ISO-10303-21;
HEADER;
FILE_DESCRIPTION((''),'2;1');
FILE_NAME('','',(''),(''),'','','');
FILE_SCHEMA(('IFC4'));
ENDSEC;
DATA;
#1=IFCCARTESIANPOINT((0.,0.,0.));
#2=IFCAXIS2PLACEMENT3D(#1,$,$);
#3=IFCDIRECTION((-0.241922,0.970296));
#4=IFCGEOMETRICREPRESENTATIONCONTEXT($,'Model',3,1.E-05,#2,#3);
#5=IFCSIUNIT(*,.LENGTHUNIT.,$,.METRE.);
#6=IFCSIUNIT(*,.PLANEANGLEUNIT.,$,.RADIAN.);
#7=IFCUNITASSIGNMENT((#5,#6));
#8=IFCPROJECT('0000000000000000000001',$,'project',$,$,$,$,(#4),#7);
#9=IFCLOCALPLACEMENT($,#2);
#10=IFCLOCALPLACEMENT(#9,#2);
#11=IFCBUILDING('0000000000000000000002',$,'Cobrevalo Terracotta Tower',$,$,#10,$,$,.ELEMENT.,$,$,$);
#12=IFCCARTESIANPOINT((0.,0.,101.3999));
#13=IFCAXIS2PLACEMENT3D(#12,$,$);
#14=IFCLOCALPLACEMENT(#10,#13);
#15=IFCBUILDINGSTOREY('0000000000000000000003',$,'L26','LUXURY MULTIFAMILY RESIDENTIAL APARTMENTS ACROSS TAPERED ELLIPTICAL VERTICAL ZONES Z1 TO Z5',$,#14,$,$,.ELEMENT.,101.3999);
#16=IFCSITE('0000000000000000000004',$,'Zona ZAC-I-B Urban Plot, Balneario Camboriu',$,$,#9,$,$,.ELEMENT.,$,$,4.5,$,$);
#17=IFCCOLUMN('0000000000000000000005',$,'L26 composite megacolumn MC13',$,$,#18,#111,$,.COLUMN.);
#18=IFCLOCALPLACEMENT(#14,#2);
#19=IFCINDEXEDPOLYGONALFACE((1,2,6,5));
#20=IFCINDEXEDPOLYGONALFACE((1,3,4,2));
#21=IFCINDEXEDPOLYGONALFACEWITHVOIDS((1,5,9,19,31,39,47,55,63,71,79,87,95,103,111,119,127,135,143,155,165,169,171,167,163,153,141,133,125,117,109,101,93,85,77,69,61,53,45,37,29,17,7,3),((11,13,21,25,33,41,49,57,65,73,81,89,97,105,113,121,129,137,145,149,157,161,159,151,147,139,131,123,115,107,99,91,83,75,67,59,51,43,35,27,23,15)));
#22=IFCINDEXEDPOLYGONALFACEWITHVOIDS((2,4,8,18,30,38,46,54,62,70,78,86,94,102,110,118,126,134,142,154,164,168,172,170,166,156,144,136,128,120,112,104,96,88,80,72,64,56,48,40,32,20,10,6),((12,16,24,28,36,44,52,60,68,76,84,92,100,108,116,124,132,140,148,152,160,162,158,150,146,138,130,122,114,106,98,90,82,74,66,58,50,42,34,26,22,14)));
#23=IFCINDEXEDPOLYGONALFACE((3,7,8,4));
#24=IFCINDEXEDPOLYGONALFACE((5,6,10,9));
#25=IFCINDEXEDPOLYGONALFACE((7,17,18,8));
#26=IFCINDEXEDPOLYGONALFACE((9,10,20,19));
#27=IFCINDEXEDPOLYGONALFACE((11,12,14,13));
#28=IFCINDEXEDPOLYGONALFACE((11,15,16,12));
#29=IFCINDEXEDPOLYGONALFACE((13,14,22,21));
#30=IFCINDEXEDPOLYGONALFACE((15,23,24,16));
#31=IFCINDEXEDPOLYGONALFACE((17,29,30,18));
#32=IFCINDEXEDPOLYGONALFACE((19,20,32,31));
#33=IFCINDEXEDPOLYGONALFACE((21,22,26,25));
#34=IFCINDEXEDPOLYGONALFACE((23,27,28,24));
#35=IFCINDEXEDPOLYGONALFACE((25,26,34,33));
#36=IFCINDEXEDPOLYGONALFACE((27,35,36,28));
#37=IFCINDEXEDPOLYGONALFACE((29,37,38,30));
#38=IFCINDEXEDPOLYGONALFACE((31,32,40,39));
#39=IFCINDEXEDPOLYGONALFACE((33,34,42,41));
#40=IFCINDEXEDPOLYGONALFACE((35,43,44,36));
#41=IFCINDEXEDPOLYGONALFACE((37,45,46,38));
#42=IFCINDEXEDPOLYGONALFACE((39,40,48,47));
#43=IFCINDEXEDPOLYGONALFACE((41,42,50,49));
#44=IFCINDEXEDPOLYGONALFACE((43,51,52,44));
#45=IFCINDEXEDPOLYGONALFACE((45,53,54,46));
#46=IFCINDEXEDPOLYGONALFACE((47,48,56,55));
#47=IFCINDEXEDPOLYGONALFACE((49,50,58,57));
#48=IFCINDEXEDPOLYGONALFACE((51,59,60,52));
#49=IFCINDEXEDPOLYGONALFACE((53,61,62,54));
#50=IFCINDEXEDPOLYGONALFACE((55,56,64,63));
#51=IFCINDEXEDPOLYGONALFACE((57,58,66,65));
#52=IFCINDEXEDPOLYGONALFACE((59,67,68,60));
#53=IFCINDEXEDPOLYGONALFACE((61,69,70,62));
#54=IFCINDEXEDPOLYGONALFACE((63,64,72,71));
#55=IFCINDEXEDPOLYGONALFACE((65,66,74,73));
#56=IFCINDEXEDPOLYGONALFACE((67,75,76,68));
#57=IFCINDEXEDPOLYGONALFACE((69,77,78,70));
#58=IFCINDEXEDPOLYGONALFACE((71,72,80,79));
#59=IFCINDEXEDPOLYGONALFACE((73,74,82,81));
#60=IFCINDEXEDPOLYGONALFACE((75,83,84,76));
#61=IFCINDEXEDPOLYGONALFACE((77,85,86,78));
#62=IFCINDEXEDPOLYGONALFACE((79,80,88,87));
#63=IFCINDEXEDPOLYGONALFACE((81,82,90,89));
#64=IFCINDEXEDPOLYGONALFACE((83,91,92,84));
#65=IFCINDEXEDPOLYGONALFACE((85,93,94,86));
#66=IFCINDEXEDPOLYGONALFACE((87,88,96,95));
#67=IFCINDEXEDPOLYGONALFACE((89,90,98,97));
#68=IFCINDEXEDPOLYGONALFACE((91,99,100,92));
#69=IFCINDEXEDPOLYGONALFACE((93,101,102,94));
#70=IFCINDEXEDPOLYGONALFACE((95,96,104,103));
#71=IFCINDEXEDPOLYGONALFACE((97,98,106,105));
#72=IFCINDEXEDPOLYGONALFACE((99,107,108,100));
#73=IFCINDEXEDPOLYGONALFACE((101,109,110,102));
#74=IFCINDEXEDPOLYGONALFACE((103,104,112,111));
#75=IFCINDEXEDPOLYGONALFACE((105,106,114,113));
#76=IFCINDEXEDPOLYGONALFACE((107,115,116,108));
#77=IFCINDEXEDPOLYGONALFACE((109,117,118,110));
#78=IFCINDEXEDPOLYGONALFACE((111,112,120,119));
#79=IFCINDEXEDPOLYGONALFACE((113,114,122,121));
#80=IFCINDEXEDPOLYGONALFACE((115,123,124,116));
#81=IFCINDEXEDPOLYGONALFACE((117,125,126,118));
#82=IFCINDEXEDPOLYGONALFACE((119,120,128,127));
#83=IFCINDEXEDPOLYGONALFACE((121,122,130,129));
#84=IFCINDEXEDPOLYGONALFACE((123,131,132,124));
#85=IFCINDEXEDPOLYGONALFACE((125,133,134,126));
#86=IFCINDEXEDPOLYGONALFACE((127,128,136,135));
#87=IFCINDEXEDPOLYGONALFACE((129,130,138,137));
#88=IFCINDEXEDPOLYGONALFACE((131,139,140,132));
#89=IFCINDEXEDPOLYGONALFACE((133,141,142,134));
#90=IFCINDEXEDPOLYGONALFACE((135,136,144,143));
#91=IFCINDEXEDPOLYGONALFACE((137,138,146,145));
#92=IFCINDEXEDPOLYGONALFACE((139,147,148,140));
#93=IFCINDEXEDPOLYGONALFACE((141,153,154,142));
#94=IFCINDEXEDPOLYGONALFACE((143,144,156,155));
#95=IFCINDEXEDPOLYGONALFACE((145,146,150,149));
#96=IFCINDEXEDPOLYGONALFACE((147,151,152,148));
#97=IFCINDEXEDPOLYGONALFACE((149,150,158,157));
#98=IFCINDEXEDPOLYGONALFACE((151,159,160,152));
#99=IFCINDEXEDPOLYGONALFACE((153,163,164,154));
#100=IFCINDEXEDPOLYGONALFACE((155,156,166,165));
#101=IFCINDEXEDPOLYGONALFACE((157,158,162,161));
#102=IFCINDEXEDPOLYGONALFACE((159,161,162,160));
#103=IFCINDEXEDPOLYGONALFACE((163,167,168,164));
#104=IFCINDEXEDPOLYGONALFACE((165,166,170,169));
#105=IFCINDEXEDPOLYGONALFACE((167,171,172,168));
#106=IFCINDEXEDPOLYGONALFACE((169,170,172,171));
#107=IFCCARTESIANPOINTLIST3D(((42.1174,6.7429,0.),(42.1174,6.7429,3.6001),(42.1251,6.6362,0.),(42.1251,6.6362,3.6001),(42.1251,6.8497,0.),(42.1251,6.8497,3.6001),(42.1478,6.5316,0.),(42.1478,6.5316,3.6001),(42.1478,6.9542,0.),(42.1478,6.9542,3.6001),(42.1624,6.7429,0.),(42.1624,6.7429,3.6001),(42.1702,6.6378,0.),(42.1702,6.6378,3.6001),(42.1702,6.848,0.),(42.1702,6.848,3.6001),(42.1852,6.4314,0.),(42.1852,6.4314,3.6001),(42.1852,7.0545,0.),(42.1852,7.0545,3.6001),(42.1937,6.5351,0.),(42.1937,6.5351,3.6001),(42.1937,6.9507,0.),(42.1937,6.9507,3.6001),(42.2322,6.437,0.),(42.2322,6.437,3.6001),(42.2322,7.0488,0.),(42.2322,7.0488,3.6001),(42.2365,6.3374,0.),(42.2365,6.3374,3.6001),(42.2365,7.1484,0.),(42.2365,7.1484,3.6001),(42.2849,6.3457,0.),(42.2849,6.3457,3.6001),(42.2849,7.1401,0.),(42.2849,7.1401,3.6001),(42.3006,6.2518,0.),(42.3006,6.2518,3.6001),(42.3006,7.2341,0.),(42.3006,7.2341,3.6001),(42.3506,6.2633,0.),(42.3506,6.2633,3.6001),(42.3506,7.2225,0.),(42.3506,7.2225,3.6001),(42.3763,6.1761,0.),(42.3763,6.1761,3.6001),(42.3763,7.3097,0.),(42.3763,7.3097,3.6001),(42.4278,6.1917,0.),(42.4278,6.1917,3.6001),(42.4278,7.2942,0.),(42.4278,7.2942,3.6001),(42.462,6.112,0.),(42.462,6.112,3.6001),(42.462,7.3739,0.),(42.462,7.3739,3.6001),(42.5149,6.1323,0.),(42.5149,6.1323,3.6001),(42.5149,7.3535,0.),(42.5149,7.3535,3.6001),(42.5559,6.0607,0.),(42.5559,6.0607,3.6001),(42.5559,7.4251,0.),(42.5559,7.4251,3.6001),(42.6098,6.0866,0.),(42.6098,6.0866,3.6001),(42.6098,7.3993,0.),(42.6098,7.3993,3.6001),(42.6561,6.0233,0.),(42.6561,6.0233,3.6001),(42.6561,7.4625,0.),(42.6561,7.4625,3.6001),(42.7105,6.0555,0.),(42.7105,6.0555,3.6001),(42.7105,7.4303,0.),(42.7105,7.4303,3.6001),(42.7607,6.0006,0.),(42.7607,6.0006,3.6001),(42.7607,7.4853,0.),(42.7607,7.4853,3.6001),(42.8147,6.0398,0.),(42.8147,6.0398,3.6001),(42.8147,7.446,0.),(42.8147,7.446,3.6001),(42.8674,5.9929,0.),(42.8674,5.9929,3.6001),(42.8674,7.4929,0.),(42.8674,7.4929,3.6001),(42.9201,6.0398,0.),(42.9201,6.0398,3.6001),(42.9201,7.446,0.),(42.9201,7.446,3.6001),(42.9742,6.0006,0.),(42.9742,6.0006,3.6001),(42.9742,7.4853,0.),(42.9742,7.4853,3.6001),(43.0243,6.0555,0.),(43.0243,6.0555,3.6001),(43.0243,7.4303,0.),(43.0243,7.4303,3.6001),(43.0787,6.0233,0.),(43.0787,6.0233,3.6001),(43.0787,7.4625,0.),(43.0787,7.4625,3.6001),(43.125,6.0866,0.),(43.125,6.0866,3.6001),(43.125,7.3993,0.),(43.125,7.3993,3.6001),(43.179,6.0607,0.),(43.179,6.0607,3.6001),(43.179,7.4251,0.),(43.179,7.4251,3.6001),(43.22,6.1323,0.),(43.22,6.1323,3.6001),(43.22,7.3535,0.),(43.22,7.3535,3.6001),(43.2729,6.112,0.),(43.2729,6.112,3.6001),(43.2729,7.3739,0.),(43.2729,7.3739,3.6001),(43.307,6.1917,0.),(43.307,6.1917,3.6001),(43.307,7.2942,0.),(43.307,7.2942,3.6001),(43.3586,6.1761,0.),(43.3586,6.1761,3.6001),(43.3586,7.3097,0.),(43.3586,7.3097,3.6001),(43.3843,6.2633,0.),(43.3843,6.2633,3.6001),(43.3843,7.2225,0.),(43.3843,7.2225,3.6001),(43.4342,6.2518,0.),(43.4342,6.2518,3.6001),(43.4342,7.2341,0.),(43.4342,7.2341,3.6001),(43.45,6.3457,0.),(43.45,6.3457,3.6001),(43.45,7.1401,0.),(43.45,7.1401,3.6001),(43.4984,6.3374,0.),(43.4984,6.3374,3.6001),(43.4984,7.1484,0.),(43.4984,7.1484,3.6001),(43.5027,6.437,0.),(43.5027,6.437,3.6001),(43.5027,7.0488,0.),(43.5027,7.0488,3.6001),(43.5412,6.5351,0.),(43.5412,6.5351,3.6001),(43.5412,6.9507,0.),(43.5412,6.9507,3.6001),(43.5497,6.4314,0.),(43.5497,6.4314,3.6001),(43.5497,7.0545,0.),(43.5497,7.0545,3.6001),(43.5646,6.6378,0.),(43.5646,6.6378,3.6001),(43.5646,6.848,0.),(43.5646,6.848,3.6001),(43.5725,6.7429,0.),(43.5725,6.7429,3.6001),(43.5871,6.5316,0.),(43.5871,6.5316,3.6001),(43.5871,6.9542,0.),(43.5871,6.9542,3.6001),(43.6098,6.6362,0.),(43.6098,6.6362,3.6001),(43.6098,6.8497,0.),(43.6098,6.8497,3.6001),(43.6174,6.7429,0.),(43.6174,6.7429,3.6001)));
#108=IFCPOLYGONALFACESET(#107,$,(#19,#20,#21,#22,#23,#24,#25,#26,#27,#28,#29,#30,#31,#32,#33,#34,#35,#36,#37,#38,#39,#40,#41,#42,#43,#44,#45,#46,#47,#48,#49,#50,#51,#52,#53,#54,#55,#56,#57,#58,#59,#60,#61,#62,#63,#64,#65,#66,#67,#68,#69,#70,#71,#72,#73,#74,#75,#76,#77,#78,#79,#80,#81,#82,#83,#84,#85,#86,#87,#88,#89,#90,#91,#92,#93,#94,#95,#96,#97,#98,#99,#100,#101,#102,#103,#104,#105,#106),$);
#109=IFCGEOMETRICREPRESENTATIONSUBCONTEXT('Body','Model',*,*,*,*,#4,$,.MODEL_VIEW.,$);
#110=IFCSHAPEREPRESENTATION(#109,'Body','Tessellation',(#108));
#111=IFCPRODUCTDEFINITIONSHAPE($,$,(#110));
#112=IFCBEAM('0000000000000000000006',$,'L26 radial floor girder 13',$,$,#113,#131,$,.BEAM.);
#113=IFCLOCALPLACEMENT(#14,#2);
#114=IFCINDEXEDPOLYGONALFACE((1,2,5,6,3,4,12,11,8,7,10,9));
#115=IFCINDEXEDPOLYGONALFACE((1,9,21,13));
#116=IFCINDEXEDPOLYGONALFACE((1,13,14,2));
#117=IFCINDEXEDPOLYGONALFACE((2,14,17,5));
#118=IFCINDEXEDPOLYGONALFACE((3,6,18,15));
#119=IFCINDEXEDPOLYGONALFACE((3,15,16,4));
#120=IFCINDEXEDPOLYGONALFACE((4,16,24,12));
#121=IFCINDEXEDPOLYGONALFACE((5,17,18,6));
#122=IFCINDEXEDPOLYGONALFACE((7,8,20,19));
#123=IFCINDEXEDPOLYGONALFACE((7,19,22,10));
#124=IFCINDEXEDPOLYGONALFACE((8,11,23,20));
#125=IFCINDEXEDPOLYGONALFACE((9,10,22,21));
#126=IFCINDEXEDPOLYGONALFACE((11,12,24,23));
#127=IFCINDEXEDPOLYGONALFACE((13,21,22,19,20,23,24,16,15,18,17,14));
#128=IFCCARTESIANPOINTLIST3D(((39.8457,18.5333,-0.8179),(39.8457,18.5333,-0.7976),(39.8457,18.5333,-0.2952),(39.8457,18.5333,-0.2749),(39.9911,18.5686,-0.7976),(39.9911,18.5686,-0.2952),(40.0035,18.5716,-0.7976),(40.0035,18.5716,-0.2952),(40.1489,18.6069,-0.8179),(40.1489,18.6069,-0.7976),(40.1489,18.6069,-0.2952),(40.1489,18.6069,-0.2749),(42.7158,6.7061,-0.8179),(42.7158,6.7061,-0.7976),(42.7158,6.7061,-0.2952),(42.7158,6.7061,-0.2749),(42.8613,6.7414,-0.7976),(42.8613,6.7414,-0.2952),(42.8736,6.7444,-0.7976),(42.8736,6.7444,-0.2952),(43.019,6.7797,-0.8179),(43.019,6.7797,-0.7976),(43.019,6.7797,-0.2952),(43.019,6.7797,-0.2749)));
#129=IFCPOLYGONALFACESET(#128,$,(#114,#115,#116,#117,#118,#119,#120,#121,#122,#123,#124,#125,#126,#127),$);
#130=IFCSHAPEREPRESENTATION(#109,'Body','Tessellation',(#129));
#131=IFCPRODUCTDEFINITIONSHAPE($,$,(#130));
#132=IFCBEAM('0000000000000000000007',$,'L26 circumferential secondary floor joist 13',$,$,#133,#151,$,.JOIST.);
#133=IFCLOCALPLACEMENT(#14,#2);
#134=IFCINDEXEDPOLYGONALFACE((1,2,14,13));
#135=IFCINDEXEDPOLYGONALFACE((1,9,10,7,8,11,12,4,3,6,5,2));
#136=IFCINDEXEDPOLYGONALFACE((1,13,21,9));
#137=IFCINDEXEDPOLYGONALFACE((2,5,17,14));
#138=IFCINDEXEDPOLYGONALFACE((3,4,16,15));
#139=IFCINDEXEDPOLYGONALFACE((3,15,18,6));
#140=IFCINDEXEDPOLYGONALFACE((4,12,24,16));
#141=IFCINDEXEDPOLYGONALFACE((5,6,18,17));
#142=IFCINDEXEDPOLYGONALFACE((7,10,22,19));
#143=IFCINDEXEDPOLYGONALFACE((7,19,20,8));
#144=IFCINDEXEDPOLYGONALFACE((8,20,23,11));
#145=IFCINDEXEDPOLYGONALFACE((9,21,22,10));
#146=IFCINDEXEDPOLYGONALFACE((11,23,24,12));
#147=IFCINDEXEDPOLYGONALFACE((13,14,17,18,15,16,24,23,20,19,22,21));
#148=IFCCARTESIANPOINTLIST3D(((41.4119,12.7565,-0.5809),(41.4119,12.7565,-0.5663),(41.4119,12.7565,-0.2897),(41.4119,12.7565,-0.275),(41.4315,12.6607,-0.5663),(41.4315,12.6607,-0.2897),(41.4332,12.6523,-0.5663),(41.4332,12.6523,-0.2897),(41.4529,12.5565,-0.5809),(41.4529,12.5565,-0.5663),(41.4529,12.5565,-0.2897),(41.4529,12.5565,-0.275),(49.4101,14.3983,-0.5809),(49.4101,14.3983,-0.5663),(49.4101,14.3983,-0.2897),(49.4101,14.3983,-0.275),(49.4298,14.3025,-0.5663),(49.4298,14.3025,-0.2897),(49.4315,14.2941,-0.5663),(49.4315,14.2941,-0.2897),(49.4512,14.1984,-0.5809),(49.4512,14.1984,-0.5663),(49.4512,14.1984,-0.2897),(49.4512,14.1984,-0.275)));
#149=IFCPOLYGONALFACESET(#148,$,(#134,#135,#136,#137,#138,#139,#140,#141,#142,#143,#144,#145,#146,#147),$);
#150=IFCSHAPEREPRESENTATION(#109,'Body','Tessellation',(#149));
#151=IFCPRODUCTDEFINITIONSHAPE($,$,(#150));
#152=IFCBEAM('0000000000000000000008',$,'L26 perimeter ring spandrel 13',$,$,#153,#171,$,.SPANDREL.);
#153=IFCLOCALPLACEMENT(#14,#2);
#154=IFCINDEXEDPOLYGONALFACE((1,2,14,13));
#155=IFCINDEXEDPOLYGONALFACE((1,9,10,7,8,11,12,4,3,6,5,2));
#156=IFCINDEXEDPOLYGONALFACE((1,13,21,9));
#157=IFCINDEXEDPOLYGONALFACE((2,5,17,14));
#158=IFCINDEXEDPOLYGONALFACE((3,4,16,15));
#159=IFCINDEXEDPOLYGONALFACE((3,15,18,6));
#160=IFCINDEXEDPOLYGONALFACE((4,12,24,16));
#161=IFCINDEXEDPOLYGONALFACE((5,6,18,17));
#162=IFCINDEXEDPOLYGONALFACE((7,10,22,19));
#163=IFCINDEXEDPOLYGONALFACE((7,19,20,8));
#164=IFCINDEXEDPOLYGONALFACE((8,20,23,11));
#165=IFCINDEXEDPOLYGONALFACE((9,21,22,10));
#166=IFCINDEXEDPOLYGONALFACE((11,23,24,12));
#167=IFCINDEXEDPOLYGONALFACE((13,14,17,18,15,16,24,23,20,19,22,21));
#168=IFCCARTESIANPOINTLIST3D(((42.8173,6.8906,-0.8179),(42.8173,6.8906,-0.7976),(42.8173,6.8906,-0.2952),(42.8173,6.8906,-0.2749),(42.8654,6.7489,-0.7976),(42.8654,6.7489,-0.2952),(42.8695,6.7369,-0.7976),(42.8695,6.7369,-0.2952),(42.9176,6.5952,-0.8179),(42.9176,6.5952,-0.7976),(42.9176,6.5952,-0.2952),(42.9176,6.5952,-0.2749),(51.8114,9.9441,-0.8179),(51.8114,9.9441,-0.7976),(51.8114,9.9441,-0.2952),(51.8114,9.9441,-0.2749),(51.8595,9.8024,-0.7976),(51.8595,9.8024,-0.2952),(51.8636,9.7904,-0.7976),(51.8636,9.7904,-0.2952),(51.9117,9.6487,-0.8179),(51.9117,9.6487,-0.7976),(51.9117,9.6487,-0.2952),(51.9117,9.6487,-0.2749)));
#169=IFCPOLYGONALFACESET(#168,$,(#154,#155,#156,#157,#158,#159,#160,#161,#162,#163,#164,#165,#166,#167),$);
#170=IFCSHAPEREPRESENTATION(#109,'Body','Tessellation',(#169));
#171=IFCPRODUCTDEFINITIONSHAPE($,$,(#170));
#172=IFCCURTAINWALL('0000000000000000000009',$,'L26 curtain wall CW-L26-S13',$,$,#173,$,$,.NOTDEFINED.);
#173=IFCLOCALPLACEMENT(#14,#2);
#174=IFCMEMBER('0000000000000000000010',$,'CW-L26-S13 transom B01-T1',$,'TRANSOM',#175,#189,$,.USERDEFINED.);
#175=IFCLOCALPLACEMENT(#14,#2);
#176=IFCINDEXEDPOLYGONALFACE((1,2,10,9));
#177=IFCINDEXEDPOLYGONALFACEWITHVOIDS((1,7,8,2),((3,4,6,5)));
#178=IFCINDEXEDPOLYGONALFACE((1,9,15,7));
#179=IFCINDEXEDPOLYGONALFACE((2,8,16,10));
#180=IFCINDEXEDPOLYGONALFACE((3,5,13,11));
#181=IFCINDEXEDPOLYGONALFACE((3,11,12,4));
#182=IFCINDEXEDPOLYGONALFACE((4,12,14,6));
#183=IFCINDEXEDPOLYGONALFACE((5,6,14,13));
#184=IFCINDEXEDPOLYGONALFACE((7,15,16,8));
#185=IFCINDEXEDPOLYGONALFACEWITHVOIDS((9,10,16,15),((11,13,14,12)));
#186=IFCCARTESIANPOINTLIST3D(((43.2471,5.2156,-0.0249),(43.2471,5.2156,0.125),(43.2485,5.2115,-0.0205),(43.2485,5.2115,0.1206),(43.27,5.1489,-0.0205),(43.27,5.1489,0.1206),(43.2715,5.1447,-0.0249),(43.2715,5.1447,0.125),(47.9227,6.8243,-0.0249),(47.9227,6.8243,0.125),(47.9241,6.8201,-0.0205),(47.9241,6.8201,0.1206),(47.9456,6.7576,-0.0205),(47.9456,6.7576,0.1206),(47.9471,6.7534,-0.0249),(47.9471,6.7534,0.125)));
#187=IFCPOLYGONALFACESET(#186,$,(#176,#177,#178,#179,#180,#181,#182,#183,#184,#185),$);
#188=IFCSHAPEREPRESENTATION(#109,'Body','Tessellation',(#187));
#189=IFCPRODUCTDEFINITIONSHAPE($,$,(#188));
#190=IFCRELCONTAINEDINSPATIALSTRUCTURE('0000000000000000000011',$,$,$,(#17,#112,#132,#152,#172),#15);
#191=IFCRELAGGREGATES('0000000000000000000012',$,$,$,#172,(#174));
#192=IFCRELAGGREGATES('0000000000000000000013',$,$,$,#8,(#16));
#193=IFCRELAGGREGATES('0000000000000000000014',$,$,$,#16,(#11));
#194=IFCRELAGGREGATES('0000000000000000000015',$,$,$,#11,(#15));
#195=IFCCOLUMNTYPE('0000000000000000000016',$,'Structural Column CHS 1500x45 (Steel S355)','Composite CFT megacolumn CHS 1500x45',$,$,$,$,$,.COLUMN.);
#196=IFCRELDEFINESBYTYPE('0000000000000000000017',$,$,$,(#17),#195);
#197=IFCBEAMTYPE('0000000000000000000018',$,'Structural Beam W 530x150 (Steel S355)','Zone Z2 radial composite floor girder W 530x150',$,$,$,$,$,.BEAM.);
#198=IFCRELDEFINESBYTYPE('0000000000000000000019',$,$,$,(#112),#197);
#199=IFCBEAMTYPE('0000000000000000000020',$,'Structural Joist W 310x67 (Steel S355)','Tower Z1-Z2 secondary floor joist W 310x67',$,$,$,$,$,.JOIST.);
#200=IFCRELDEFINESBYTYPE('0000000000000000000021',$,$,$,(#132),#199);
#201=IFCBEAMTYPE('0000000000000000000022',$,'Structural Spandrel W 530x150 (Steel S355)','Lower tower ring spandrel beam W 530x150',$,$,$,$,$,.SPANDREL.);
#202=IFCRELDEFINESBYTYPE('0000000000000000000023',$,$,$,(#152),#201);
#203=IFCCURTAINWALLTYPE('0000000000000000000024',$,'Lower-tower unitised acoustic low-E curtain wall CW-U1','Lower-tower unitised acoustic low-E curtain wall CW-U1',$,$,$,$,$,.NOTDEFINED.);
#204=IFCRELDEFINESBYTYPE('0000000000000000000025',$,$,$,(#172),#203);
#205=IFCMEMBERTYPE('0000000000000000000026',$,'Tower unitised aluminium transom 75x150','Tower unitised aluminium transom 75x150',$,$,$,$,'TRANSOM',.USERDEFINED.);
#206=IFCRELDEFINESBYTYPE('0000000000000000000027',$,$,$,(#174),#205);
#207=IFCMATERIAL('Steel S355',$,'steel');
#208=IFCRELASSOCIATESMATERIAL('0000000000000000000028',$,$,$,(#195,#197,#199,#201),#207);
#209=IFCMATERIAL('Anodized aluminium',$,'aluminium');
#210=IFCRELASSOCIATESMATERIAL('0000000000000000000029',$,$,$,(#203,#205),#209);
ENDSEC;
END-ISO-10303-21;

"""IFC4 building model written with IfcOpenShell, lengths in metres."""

from ifc_helpers import new_model, si_unit, direction, frame, origin, origin_2d, place, context, subcontext, project, spatial, hollow_rectangle, hollow_circle, i_section, extrude, source, transform, mapped, material, material_profile, profile_set, type_object, element, aggregate, save


model = new_model("IFC4")

# Units and contexts
model_context = context("Model", 3, precision=1e-05, world=origin(), true_north=direction((-0.241922, 0.970296)))
body_context = subcontext(model_context, "Body", "Model", "MODEL_VIEW")
ifc_project = project(units=[si_unit("LENGTHUNIT", "METRE"), si_unit("PLANEANGLEUNIT", "RADIAN")], contexts=[model_context])

# Site, building, storey
site_placement = place(None, origin())
site = spatial("IfcSite", under=ifc_project, at=site_placement, Name="Zona ZAC-I-B Urban Plot, Balneario Camboriu", CompositionType="ELEMENT", RefElevation=4.5)
building_placement = place(site_placement, origin())
building = spatial("IfcBuilding", under=site, at=building_placement, Name="Cobrevalo Terracotta Tower", CompositionType="ELEMENT")
storey_placement = place(building_placement, frame((0.0, 0.0, 101.3999)))
storey = spatial("IfcBuildingStorey", under=building, at=storey_placement, Name="L26", Description="LUXURY MULTIFAMILY RESIDENTIAL APARTMENTS ACROSS TAPERED ELLIPTICAL VERTICAL ZONES Z1 TO Z5", CompositionType="ELEMENT", Elevation=101.3999)

# Column
ifc_material_1 = material(Name="Steel S355", Category="steel")
ifc_material_profile_1 = material_profile(ifc_material_1, hollow_circle(Radius=0.75, WallThickness=0.0449, at=origin_2d()), Name="CHS 1500x45")
ifc_profile_set_1 = profile_set([ifc_material_profile_1], Name="Steel S355")
column_type = type_object("IfcColumnType", Name="Structural Column CHS 1500x45 (Steel S355)", Description="Composite CFT megacolumn CHS 1500x45", PredefinedType="COLUMN", material=ifc_profile_set_1)
column_placement = place(storey_placement, frame((42.8674, 6.7429, 0.0), z_axis=(0.0, 0.0, 1.0), x_axis=(1.0, 0.0, 0.0)))
element("IfcColumn", 1, at=column_placement, inside=storey, type_object=column_type, Name="L26 composite megacolumn MC13", PredefinedType="COLUMN", context=body_context, shape_type="SweptSolid", body=[
    extrude(hollow_circle(Radius=0.75, WallThickness=0.0449, at=origin_2d()), origin(), (0.0, 0.0, 1.0), 3.6001),
])

# Beams
ifc_material_profile_2 = material_profile(ifc_material_1, i_section(OverallWidth=0.312, OverallDepth=0.543, WebThickness=0.0127, FlangeThickness=0.0203, at=origin_2d()), Name="W 530x150")
ifc_profile_set_2 = profile_set([ifc_material_profile_2], Name="Steel S355")
beam_type_1 = type_object("IfcBeamType", Name="Structural Beam W 530x150 (Steel S355)", Description="Zone Z2 radial composite floor girder W 530x150", PredefinedType="BEAM", material=ifc_profile_set_2)
beam_1_placement = place(storey_placement, frame((42.8674, 6.7429, -0.5464), z_axis=(-0.235827, 0.971795, 0.0), x_axis=(-0.971795, -0.235827, 0.0)))
element("IfcBeam", 2, at=beam_1_placement, inside=storey, type_object=beam_type_1, Name="L26 radial floor girder 13", PredefinedType="BEAM", context=body_context, shape_type="SweptSolid", body=[
    extrude(i_section(OverallWidth=0.312, OverallDepth=0.543, WebThickness=0.0127, FlangeThickness=0.0203, at=origin_2d()), origin(), (0.0, 0.0, 1.0), 12.1704),
])
ifc_material_profile_3 = material_profile(ifc_material_1, i_section(OverallWidth=0.2041, OverallDepth=0.3059, WebThickness=0.0085, FlangeThickness=0.0146, at=origin_2d()), Name="W 310x67")
ifc_profile_set_3 = profile_set([ifc_material_profile_3], Name="Steel S355")
beam_type_2 = type_object("IfcBeamType", Name="Structural Joist W 310x67 (Steel S355)", Description="Tower Z1-Z2 secondary floor joist W 310x67", PredefinedType="JOIST", material=ifc_profile_set_3)
beam_2_placement = place(storey_placement, frame((41.4324, 12.6565, -0.428), z_axis=(0.979574, 0.201082, 0.0), x_axis=(-0.201082, 0.979574, 0.0)))
element("IfcBeam", 3, at=beam_2_placement, inside=storey, type_object=beam_type_2, Name="L26 circumferential secondary floor joist 13", PredefinedType="JOIST", context=body_context, shape_type="SweptSolid", body=[
    extrude(i_section(OverallWidth=0.2041, OverallDepth=0.3059, WebThickness=0.0085, FlangeThickness=0.0146, at=origin_2d()), origin(), (0.0, 0.0, 1.0), 8.165),
])
ifc_material_profile_4 = material_profile(ifc_material_1, i_section(OverallWidth=0.312, OverallDepth=0.543, WebThickness=0.0127, FlangeThickness=0.0203, at=origin_2d()), Name="W 530x150")
ifc_profile_set_4 = profile_set([ifc_material_profile_4], Name="Steel S355")
beam_type_3 = type_object("IfcBeamType", Name="Structural Spandrel W 530x150 (Steel S355)", Description="Lower tower ring spandrel beam W 530x150", PredefinedType="SPANDREL", material=ifc_profile_set_4)
beam_3_placement = place(storey_placement, frame((42.8674, 6.7429, -0.5464), z_axis=(0.946918, 0.321474, 0.0), x_axis=(-0.321474, 0.946918, 0.0)))
element("IfcBeam", 4, at=beam_3_placement, inside=storey, type_object=beam_type_3, Name="L26 perimeter ring spandrel 13", PredefinedType="SPANDREL", context=body_context, shape_type="SweptSolid", body=[
    extrude(i_section(OverallWidth=0.312, OverallDepth=0.543, WebThickness=0.0127, FlangeThickness=0.0203, at=origin_2d()), origin(), (0.0, 0.0, 1.0), 9.4983),
])

# Curtain wall, member
ifc_material_2 = material(Name="Anodized aluminium", Category="aluminium")
curtain_wall_type = type_object("IfcCurtainWallType", Name="Lower-tower unitised acoustic low-E curtain wall CW-U1", Description="Lower-tower unitised acoustic low-E curtain wall CW-U1", PredefinedType="NOTDEFINED", material=ifc_material_2)
curtain_wall_1_placement = place(storey_placement, origin())
curtain_wall_1 = element("IfcCurtainWall", 5, at=curtain_wall_1_placement, inside=storey, type_object=curtain_wall_type, Name="L26 curtain wall CW-L26-S13", PredefinedType="NOTDEFINED")
ifc_material_profile_5 = material_profile(ifc_material_2, hollow_rectangle(XDim=0.075, YDim=0.1499, WallThickness=0.0044, at=origin_2d()), Name="CWT 75x150")
ifc_profile_set_5 = profile_set([ifc_material_profile_5], Name="Anodized aluminium")
member_type_1 = type_object("IfcMemberType", Name="Tower unitised aluminium transom 75x150", Description="Tower unitised aluminium transom 75x150", ElementType="TRANSOM", PredefinedType="USERDEFINED", material=ifc_profile_set_5)
shared_shape_1 = source(origin(), body_context, "Body", "SweptSolid", [
    extrude(hollow_rectangle(XDim=0.075, YDim=0.1499, WallThickness=0.0044, at=origin_2d()), origin(), (0.0, 0.0, 1.0), 4.9446),
])
member_1_placement = place(storey_placement, frame((43.2593, 5.1802, 0.05), z_axis=(0.945598, 0.325338, 0.0), x_axis=(-0.325338, 0.945598, 0.0)))
member_1 = element("IfcMember", 6, at=member_1_placement, type_object=member_type_1, Name="CW-L26-S13 transom B01-T1", ObjectType="TRANSOM", PredefinedType="USERDEFINED", context=body_context, shape_type="MappedRepresentation", body=[
    mapped(shared_shape_1, transform((0.0, 0.0, 0.0), scale=1.0)),
])

aggregate(curtain_wall_1, [member_1])

save(model, "model.ifc")
